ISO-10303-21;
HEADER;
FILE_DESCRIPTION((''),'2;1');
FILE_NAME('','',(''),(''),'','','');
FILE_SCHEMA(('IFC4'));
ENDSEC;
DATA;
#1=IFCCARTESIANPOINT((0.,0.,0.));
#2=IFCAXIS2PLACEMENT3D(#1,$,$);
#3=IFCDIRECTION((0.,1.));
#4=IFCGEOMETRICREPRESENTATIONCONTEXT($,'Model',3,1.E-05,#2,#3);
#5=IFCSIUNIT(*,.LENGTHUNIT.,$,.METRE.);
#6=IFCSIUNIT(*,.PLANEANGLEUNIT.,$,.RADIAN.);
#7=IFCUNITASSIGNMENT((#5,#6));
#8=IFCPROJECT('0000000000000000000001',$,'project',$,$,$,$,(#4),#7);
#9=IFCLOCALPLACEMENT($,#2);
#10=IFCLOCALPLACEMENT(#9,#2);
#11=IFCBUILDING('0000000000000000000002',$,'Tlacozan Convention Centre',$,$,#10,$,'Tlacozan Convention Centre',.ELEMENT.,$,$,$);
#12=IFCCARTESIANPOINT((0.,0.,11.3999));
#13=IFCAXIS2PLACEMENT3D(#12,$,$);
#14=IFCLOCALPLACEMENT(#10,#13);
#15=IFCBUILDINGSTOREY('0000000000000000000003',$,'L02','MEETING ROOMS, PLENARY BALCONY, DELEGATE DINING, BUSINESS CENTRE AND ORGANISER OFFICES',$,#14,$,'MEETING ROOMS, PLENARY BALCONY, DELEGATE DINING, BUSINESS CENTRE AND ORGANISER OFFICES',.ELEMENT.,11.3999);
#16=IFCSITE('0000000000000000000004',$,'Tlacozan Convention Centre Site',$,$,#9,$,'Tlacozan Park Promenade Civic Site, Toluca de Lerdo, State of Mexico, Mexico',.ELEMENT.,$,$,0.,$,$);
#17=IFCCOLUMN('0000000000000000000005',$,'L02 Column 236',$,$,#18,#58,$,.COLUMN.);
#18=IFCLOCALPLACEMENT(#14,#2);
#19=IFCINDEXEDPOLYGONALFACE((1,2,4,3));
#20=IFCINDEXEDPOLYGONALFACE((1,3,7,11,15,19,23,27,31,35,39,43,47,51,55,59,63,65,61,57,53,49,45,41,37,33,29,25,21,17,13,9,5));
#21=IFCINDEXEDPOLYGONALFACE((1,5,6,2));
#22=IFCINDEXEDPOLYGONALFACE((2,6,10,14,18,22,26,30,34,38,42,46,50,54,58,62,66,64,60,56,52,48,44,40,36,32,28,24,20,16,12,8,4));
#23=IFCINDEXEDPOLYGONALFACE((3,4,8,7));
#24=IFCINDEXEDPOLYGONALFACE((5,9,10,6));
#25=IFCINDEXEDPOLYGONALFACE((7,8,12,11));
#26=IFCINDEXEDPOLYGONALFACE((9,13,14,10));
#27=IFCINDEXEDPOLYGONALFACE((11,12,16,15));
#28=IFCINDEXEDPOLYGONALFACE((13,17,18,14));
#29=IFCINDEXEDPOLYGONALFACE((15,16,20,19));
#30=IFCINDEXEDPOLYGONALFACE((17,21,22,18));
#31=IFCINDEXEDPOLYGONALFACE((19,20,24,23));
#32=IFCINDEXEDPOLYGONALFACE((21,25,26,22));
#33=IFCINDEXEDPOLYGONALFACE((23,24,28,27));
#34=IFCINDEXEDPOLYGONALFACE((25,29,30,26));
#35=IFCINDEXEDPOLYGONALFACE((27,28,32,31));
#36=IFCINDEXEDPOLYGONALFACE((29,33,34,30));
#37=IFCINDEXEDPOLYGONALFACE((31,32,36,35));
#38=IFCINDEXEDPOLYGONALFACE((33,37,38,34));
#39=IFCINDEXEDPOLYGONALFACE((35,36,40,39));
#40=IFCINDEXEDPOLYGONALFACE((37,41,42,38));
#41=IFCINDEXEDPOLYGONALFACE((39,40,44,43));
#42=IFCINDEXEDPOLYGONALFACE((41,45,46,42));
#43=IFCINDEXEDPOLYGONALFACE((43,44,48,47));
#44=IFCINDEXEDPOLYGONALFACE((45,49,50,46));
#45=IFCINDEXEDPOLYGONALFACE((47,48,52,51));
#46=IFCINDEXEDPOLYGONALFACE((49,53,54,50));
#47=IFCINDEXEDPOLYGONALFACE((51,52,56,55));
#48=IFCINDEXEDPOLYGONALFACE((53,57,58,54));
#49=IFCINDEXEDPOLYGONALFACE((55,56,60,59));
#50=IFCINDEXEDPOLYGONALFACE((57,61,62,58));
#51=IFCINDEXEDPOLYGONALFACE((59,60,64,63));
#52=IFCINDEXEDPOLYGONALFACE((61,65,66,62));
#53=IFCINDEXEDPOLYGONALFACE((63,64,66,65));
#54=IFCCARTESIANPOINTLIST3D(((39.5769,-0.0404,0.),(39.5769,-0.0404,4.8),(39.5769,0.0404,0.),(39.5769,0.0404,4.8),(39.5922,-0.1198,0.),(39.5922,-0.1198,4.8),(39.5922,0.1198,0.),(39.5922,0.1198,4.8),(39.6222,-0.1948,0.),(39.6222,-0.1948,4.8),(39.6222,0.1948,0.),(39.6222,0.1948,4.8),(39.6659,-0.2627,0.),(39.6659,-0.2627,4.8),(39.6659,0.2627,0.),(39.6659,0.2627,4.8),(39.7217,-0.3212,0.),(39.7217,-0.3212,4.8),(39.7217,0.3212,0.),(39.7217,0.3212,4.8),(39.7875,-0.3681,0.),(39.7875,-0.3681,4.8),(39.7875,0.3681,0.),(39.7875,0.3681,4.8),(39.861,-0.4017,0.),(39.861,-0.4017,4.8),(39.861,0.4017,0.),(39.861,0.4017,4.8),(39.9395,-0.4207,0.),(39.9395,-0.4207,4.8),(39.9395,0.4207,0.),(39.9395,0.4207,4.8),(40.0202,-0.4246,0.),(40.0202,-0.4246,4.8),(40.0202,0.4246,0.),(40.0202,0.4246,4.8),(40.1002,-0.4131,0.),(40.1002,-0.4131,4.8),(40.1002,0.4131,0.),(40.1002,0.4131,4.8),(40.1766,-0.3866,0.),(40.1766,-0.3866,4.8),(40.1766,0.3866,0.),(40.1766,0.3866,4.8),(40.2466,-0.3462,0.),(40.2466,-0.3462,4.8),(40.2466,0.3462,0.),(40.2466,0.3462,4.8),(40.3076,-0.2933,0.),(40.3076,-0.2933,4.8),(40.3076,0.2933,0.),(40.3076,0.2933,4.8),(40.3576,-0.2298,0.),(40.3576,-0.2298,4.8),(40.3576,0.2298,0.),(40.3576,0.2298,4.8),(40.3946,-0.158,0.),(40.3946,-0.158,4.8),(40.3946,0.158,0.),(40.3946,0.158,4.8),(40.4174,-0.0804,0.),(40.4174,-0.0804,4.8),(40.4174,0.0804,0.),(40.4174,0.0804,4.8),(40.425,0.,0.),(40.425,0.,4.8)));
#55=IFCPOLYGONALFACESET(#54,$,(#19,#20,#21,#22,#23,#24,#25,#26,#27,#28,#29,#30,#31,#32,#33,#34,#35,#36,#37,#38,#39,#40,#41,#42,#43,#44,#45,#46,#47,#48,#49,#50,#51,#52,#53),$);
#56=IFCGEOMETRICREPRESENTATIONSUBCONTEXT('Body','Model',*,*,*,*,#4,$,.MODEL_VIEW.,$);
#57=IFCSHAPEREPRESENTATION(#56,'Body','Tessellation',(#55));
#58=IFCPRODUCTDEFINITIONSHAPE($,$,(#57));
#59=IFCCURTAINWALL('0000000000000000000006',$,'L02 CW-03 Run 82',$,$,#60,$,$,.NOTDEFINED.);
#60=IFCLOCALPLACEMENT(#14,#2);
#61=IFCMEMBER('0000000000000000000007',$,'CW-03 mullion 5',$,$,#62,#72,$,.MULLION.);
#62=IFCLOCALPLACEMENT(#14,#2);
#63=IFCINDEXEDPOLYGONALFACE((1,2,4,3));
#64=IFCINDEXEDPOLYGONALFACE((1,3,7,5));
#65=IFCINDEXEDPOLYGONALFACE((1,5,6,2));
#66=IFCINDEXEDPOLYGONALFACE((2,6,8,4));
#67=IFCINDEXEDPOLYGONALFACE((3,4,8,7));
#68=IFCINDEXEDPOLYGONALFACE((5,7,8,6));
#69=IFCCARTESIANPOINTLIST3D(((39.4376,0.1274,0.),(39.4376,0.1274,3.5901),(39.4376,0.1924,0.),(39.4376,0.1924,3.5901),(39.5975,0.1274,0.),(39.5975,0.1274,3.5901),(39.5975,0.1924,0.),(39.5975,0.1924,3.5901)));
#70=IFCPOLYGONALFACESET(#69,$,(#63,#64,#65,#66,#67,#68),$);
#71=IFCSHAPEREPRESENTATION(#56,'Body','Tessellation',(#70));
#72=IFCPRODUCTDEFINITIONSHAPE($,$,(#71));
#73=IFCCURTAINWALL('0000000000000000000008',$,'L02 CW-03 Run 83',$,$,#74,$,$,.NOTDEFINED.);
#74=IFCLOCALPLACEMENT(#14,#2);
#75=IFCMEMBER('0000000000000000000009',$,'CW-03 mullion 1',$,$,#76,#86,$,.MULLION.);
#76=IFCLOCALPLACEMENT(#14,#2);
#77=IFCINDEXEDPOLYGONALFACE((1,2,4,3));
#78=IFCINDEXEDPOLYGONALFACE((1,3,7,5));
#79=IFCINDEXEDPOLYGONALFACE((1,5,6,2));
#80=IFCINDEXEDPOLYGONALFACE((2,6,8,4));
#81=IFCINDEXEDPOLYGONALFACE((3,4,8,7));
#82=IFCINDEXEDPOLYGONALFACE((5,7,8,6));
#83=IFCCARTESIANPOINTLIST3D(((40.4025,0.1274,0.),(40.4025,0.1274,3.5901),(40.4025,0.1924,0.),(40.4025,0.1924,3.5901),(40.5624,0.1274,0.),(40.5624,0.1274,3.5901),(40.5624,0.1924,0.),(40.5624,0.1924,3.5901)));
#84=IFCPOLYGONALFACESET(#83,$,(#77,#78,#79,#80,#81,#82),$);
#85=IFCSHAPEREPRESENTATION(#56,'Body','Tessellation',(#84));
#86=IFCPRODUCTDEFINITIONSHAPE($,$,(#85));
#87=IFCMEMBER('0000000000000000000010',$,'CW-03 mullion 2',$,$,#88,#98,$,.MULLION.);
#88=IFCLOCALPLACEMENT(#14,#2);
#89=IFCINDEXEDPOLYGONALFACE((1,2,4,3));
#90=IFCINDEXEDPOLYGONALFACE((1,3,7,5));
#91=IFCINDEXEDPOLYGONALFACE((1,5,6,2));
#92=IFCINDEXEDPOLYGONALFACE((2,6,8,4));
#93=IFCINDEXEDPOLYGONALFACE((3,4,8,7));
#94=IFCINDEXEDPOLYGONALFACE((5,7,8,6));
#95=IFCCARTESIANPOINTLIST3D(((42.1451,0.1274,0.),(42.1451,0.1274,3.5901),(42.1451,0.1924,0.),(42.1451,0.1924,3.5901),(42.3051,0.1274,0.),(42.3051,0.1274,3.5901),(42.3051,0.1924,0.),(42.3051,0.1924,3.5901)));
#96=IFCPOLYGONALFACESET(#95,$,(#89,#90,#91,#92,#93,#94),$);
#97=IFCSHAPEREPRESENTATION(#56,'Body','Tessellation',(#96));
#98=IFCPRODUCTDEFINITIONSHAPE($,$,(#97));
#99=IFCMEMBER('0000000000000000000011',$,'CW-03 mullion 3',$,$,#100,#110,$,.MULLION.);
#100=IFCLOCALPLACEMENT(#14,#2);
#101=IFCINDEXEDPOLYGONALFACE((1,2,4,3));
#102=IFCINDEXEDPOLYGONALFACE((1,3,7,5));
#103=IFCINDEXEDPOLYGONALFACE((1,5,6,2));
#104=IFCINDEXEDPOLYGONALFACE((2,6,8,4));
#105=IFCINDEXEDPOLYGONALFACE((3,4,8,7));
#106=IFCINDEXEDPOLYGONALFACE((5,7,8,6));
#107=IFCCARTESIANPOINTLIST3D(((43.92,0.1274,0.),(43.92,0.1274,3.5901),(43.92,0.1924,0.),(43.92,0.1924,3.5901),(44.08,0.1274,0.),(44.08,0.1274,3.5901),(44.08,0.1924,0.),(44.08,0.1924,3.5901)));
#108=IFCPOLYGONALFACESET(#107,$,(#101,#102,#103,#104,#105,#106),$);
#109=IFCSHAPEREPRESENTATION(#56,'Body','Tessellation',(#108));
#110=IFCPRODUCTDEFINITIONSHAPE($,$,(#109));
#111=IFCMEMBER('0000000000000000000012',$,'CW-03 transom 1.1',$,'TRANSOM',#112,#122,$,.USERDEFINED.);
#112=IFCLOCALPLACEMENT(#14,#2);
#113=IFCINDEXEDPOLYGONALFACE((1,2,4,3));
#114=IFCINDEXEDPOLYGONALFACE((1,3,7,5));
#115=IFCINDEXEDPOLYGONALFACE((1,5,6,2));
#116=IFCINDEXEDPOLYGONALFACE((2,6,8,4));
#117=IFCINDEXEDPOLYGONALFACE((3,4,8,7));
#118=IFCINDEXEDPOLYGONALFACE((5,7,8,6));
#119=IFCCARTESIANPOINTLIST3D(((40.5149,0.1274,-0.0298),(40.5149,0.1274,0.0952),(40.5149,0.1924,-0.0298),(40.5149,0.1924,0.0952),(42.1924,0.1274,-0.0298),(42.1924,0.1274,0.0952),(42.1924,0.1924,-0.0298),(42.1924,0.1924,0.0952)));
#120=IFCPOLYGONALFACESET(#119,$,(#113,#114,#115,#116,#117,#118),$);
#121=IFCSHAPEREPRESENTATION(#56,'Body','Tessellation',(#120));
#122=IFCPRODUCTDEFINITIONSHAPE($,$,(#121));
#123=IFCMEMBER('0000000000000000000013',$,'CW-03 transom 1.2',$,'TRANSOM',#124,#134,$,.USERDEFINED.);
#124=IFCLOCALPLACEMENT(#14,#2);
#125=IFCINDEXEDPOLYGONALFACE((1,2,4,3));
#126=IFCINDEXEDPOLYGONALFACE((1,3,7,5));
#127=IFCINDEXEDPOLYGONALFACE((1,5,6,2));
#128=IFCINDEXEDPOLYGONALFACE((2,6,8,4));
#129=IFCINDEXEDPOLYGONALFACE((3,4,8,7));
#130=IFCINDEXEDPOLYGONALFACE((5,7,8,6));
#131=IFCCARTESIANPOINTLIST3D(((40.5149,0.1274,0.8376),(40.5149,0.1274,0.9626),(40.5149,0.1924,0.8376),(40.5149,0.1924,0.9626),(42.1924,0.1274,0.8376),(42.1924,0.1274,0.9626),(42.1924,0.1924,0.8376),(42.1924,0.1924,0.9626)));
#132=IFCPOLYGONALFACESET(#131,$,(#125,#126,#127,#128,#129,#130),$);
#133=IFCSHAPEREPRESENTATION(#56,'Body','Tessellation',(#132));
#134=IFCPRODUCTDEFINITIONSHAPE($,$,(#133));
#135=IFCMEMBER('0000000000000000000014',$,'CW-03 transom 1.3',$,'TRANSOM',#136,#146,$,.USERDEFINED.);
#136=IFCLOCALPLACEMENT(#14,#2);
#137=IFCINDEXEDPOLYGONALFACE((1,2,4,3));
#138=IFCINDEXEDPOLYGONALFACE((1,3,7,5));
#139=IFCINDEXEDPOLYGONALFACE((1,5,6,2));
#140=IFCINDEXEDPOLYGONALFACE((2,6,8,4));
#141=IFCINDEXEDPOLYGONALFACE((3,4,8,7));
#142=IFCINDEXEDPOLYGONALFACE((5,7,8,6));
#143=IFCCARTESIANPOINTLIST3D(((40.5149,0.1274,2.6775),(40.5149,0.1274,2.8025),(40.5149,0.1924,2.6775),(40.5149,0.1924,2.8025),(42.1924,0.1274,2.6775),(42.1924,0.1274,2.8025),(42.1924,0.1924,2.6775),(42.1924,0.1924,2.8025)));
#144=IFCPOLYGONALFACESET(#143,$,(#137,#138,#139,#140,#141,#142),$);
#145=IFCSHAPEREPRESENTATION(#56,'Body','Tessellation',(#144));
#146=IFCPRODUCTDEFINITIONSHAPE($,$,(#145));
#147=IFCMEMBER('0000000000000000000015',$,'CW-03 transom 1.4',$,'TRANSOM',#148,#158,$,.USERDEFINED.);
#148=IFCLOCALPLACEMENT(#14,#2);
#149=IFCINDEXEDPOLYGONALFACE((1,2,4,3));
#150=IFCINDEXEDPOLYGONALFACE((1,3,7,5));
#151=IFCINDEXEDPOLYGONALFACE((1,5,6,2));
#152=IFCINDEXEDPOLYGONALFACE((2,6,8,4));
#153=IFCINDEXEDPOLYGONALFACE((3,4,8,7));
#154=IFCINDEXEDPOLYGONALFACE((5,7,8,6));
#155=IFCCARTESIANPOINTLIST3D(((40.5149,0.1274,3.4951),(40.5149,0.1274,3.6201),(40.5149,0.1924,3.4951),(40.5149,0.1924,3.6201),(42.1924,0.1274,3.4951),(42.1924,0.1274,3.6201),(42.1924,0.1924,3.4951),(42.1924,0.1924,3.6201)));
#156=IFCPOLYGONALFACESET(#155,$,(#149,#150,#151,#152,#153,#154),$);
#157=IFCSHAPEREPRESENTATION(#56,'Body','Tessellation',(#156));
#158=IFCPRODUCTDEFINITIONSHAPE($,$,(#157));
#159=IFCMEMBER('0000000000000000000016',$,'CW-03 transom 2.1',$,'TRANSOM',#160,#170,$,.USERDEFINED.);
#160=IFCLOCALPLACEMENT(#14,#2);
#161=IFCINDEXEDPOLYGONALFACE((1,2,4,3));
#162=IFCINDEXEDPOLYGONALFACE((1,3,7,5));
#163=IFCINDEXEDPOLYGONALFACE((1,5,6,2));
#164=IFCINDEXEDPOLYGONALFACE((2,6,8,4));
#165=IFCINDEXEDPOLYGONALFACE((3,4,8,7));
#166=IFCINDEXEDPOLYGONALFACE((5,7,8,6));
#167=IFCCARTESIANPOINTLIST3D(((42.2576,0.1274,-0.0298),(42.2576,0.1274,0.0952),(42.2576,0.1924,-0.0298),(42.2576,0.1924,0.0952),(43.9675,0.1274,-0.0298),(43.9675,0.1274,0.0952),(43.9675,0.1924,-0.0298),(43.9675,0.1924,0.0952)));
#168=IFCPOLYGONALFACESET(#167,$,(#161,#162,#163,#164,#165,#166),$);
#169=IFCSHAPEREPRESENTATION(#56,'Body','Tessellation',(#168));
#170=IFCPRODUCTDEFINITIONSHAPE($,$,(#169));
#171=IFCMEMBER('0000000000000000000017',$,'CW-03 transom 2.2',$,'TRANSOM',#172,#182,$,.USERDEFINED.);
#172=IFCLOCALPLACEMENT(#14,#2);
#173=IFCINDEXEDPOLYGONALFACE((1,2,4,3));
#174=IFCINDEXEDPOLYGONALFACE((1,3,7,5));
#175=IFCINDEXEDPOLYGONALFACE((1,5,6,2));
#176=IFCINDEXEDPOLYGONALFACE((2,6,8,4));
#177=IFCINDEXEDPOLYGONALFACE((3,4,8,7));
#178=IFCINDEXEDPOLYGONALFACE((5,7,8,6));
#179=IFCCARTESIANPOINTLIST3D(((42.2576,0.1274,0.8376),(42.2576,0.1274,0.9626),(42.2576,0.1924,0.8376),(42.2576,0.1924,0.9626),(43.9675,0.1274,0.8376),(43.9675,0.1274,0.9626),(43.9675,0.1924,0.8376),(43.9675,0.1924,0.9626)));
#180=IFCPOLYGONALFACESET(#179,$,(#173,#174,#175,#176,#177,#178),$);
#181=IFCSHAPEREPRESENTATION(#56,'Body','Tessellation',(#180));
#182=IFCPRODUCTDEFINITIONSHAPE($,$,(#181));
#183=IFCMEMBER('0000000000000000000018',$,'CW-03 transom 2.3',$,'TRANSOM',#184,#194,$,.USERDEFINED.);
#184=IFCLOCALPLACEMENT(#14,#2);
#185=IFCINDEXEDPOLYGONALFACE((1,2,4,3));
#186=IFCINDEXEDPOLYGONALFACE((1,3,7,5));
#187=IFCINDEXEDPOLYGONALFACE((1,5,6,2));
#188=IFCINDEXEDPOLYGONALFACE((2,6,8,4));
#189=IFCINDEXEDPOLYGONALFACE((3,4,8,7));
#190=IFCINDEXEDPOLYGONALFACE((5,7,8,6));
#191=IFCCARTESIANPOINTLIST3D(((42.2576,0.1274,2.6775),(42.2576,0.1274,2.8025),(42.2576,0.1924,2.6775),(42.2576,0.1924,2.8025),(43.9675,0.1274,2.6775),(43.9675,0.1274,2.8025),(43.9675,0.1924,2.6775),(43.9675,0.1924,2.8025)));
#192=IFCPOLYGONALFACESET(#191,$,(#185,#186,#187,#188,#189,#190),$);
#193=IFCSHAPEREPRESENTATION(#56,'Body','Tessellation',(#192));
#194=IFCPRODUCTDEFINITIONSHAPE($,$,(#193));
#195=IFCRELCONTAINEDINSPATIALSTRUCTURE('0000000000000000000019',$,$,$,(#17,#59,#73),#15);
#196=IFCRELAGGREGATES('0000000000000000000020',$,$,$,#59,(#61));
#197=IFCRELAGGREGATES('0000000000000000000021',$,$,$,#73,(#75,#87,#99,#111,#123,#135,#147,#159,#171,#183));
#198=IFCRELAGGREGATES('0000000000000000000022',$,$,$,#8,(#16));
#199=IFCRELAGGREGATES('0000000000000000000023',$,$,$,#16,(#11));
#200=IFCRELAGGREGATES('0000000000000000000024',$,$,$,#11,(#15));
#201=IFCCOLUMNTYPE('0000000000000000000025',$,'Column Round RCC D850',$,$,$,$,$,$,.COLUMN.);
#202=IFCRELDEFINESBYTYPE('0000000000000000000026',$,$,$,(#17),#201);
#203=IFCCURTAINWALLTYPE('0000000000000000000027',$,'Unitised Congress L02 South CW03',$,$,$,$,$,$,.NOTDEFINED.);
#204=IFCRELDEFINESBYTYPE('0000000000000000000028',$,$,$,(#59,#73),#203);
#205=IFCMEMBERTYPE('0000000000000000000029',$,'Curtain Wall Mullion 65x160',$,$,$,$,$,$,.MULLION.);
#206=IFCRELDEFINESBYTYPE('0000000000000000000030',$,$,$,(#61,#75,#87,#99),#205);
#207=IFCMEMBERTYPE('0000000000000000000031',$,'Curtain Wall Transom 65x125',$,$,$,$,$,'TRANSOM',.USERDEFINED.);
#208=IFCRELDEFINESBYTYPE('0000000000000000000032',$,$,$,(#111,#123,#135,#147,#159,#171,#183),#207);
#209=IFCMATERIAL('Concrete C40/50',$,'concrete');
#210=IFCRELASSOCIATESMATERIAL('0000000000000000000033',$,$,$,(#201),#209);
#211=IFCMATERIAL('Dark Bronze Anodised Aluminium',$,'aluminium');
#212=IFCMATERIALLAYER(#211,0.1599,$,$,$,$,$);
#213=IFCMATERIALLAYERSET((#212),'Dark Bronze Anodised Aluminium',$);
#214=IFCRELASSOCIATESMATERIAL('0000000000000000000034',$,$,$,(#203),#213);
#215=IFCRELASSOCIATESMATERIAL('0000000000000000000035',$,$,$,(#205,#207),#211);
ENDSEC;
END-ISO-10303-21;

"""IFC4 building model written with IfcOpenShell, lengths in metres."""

from ifc_helpers import new_model, si_unit, direction, frame, origin, origin_2d, place, context, subcontext, project, spatial, rectangle, circle, extrude, material, layer, layer_set, material_profile, profile_set, type_object, element, aggregate, save


model = new_model("IFC4")

# Units and contexts
model_context = context("Model", 3, precision=1e-05, world=origin(), true_north=direction((0.0, 1.0)))
body_context = subcontext(model_context, "Body", "Model", "MODEL_VIEW")
ifc_project = project(units=[si_unit("LENGTHUNIT", "METRE"), si_unit("PLANEANGLEUNIT", "RADIAN")], contexts=[model_context])

# Site, building, storey
site_placement = place(None, origin())
site = spatial("IfcSite", under=ifc_project, at=site_placement, Name="Tlacozan Convention Centre Site", LongName="Tlacozan Park Promenade Civic Site, Toluca de Lerdo, State of Mexico, Mexico", CompositionType="ELEMENT", RefElevation=0.0)
building_placement = place(site_placement, origin())
building = spatial("IfcBuilding", under=site, at=building_placement, Name="Tlacozan Convention Centre", LongName="Tlacozan Convention Centre", CompositionType="ELEMENT")
storey_placement = place(building_placement, frame((0.0, 0.0, 11.3999)))
storey = spatial("IfcBuildingStorey", under=building, at=storey_placement, Name="L02", Description="MEETING ROOMS, PLENARY BALCONY, DELEGATE DINING, BUSINESS CENTRE AND ORGANISER OFFICES", LongName="MEETING ROOMS, PLENARY BALCONY, DELEGATE DINING, BUSINESS CENTRE AND ORGANISER OFFICES", CompositionType="ELEMENT", Elevation=11.3999)

# Column
ifc_material_1 = material(Name="Concrete C40/50", Category="concrete")
ifc_material_profile_1 = material_profile(ifc_material_1, circle(Radius=0.425, at=origin_2d()), Name="RCC D850")
ifc_profile_set_1 = profile_set([ifc_material_profile_1], Name="Concrete C40/50")
column_type = type_object("IfcColumnType", Name="Column Round RCC D850", PredefinedType="COLUMN", material=ifc_profile_set_1)
column_placement = place(storey_placement, frame((40.0, 0.0, 0.0), z_axis=(0.0, 0.0, 1.0), x_axis=(1.0, 0.0, 0.0)))
element("IfcColumn", 1, at=column_placement, inside=storey, type_object=column_type, Name="L02 Column 236", PredefinedType="COLUMN", context=body_context, shape_type="SweptSolid", body=[
    extrude(circle(Radius=0.425, at=origin_2d()), origin(), (0.0, 0.0, 1.0), 4.8),
])

# Curtain wall, member
ifc_material_2 = material(Name="Dark Bronze Anodised Aluminium", Category="aluminium")
ifc_layer_1 = layer(ifc_material_2, 0.1599)
ifc_layer_set_1 = layer_set([ifc_layer_1], Name="Dark Bronze Anodised Aluminium")
curtain_wall_type = type_object("IfcCurtainWallType", Name="Unitised Congress L02 South CW03", PredefinedType="NOTDEFINED", material=ifc_layer_set_1)
curtain_wall_1_placement = place(storey_placement, origin())
curtain_wall_1 = element("IfcCurtainWall", 2, at=curtain_wall_1_placement, inside=storey, type_object=curtain_wall_type, Name="L02 CW-03 Run 82", PredefinedType="NOTDEFINED")
ifc_material_profile_2 = material_profile(ifc_material_2, rectangle(XDim=0.0649, YDim=0.1599, at=origin_2d()), Name="ALU 65x160")
ifc_profile_set_2 = profile_set([ifc_material_profile_2], Name="Dark Bronze Anodised Aluminium")
member_type_1 = type_object("IfcMemberType", Name="Curtain Wall Mullion 65x160", PredefinedType="MULLION", material=ifc_profile_set_2)
member_1_placement = place(storey_placement, frame((39.5176, 0.1599, 0.0), z_axis=(0.0, 0.0, 1.0), x_axis=(0.0, 1.0, 0.0)))
member_1 = element("IfcMember", 3, at=member_1_placement, type_object=member_type_1, Name="CW-03 mullion 5", PredefinedType="MULLION", context=body_context, shape_type="SweptSolid", body=[
    extrude(rectangle(XDim=0.0649, YDim=0.1599, at=origin_2d()), origin(), (0.0, 0.0, 1.0), 3.5901),
])

# Curtain wall, members
curtain_wall_2_placement = place(storey_placement, origin())
curtain_wall_2 = element("IfcCurtainWall", 4, at=curtain_wall_2_placement, inside=storey, type_object=curtain_wall_type, Name="L02 CW-03 Run 83", PredefinedType="NOTDEFINED")
member_2_placement = place(storey_placement, frame((40.4824, 0.1599, 0.0), z_axis=(0.0, 0.0, 1.0), x_axis=(0.0, 1.0, 0.0)))
member_2 = element("IfcMember", 5, at=member_2_placement, type_object=member_type_1, Name="CW-03 mullion 1", PredefinedType="MULLION", context=body_context, shape_type="SweptSolid", body=[
    extrude(rectangle(XDim=0.0649, YDim=0.1599, at=origin_2d()), origin(), (0.0, 0.0, 1.0), 3.5901),
])
member_3_placement = place(storey_placement, frame((42.2251, 0.1599, 0.0), z_axis=(0.0, 0.0, 1.0), x_axis=(0.0, 1.0, 0.0)))
member_3 = element("IfcMember", 6, at=member_3_placement, type_object=member_type_1, Name="CW-03 mullion 2", PredefinedType="MULLION", context=body_context, shape_type="SweptSolid", body=[
    extrude(rectangle(XDim=0.0649, YDim=0.1599, at=origin_2d()), origin(), (0.0, 0.0, 1.0), 3.5901),
])
member_4_placement = place(storey_placement, frame((44.0, 0.1599, 0.0), z_axis=(0.0, 0.0, 1.0), x_axis=(0.0, 1.0, 0.0)))
member_4 = element("IfcMember", 7, at=member_4_placement, type_object=member_type_1, Name="CW-03 mullion 3", PredefinedType="MULLION", context=body_context, shape_type="SweptSolid", body=[
    extrude(rectangle(XDim=0.0649, YDim=0.1599, at=origin_2d()), origin(), (0.0, 0.0, 1.0), 3.5901),
])
ifc_material_profile_3 = material_profile(ifc_material_2, rectangle(XDim=0.0649, YDim=0.125, at=origin_2d()), Name="ALU 65x125")
ifc_profile_set_3 = profile_set([ifc_material_profile_3], Name="Dark Bronze Anodised Aluminium")
member_type_2 = type_object("IfcMemberType", Name="Curtain Wall Transom 65x125", ElementType="TRANSOM", PredefinedType="USERDEFINED", material=ifc_profile_set_3)
member_5_placement = place(storey_placement, frame((40.5149, 0.1599, 0.0327), z_axis=(1.0, 0.0, 0.0), x_axis=(0.0, 1.0, 0.0)))
member_5 = element("IfcMember", 8, at=member_5_placement, type_object=member_type_2, Name="CW-03 transom 1.1", ObjectType="TRANSOM", PredefinedType="USERDEFINED", context=body_context, shape_type="SweptSolid", body=[
    extrude(rectangle(XDim=0.0649, YDim=0.125, at=origin_2d()), origin(), (0.0, 0.0, 1.0), 1.6775),
])
member_6_placement = place(storey_placement, frame((40.5149, 0.1599, 0.9001), z_axis=(1.0, 0.0, 0.0), x_axis=(0.0, 1.0, 0.0)))
member_6 = element("IfcMember", 9, at=member_6_placement, type_object=member_type_2, Name="CW-03 transom 1.2", ObjectType="TRANSOM", PredefinedType="USERDEFINED", context=body_context, shape_type="SweptSolid", body=[
    extrude(rectangle(XDim=0.0649, YDim=0.125, at=origin_2d()), origin(), (0.0, 0.0, 1.0), 1.6775),
])
member_7_placement = place(storey_placement, frame((40.5149, 0.1599, 2.74), z_axis=(1.0, 0.0, 0.0), x_axis=(0.0, 1.0, 0.0)))
member_7 = element("IfcMember", 10, at=member_7_placement, type_object=member_type_2, Name="CW-03 transom 1.3", ObjectType="TRANSOM", PredefinedType="USERDEFINED", context=body_context, shape_type="SweptSolid", body=[
    extrude(rectangle(XDim=0.0649, YDim=0.125, at=origin_2d()), origin(), (0.0, 0.0, 1.0), 1.6775),
])
member_8_placement = place(storey_placement, frame((40.5149, 0.1599, 3.5576), z_axis=(1.0, 0.0, 0.0), x_axis=(0.0, 1.0, 0.0)))
member_8 = element("IfcMember", 11, at=member_8_placement, type_object=member_type_2, Name="CW-03 transom 1.4", ObjectType="TRANSOM", PredefinedType="USERDEFINED", context=body_context, shape_type="SweptSolid", body=[
    extrude(rectangle(XDim=0.0649, YDim=0.125, at=origin_2d()), origin(), (0.0, 0.0, 1.0), 1.6775),
])
member_9_placement = place(storey_placement, frame((42.2576, 0.1599, 0.0327), z_axis=(1.0, 0.0, 0.0), x_axis=(0.0, 1.0, 0.0)))
member_9 = element("IfcMember", 12, at=member_9_placement, type_object=member_type_2, Name="CW-03 transom 2.1", ObjectType="TRANSOM", PredefinedType="USERDEFINED", context=body_context, shape_type="SweptSolid", body=[
    extrude(rectangle(XDim=0.0649, YDim=0.125, at=origin_2d()), origin(), (0.0, 0.0, 1.0), 1.71),
])
member_10_placement = place(storey_placement, frame((42.2576, 0.1599, 0.9001), z_axis=(1.0, 0.0, 0.0), x_axis=(0.0, 1.0, 0.0)))
member_10 = element("IfcMember", 13, at=member_10_placement, type_object=member_type_2, Name="CW-03 transom 2.2", ObjectType="TRANSOM", PredefinedType="USERDEFINED", context=body_context, shape_type="SweptSolid", body=[
    extrude(rectangle(XDim=0.0649, YDim=0.125, at=origin_2d()), origin(), (0.0, 0.0, 1.0), 1.71),
])
member_11_placement = place(storey_placement, frame((42.2576, 0.1599, 2.74), z_axis=(1.0, 0.0, 0.0), x_axis=(0.0, 1.0, 0.0)))
member_11 = element("IfcMember", 14, at=member_11_placement, type_object=member_type_2, Name="CW-03 transom 2.3", ObjectType="TRANSOM", PredefinedType="USERDEFINED", context=body_context, shape_type="SweptSolid", body=[
    extrude(rectangle(XDim=0.0649, YDim=0.125, at=origin_2d()), origin(), (0.0, 0.0, 1.0), 1.71),
])

aggregate(curtain_wall_1, [member_1])
aggregate(curtain_wall_2, [member_2, member_3, member_4, member_5, member_6, member_7, member_8, member_9, member_10, member_11])

save(model, "model.ifc")
